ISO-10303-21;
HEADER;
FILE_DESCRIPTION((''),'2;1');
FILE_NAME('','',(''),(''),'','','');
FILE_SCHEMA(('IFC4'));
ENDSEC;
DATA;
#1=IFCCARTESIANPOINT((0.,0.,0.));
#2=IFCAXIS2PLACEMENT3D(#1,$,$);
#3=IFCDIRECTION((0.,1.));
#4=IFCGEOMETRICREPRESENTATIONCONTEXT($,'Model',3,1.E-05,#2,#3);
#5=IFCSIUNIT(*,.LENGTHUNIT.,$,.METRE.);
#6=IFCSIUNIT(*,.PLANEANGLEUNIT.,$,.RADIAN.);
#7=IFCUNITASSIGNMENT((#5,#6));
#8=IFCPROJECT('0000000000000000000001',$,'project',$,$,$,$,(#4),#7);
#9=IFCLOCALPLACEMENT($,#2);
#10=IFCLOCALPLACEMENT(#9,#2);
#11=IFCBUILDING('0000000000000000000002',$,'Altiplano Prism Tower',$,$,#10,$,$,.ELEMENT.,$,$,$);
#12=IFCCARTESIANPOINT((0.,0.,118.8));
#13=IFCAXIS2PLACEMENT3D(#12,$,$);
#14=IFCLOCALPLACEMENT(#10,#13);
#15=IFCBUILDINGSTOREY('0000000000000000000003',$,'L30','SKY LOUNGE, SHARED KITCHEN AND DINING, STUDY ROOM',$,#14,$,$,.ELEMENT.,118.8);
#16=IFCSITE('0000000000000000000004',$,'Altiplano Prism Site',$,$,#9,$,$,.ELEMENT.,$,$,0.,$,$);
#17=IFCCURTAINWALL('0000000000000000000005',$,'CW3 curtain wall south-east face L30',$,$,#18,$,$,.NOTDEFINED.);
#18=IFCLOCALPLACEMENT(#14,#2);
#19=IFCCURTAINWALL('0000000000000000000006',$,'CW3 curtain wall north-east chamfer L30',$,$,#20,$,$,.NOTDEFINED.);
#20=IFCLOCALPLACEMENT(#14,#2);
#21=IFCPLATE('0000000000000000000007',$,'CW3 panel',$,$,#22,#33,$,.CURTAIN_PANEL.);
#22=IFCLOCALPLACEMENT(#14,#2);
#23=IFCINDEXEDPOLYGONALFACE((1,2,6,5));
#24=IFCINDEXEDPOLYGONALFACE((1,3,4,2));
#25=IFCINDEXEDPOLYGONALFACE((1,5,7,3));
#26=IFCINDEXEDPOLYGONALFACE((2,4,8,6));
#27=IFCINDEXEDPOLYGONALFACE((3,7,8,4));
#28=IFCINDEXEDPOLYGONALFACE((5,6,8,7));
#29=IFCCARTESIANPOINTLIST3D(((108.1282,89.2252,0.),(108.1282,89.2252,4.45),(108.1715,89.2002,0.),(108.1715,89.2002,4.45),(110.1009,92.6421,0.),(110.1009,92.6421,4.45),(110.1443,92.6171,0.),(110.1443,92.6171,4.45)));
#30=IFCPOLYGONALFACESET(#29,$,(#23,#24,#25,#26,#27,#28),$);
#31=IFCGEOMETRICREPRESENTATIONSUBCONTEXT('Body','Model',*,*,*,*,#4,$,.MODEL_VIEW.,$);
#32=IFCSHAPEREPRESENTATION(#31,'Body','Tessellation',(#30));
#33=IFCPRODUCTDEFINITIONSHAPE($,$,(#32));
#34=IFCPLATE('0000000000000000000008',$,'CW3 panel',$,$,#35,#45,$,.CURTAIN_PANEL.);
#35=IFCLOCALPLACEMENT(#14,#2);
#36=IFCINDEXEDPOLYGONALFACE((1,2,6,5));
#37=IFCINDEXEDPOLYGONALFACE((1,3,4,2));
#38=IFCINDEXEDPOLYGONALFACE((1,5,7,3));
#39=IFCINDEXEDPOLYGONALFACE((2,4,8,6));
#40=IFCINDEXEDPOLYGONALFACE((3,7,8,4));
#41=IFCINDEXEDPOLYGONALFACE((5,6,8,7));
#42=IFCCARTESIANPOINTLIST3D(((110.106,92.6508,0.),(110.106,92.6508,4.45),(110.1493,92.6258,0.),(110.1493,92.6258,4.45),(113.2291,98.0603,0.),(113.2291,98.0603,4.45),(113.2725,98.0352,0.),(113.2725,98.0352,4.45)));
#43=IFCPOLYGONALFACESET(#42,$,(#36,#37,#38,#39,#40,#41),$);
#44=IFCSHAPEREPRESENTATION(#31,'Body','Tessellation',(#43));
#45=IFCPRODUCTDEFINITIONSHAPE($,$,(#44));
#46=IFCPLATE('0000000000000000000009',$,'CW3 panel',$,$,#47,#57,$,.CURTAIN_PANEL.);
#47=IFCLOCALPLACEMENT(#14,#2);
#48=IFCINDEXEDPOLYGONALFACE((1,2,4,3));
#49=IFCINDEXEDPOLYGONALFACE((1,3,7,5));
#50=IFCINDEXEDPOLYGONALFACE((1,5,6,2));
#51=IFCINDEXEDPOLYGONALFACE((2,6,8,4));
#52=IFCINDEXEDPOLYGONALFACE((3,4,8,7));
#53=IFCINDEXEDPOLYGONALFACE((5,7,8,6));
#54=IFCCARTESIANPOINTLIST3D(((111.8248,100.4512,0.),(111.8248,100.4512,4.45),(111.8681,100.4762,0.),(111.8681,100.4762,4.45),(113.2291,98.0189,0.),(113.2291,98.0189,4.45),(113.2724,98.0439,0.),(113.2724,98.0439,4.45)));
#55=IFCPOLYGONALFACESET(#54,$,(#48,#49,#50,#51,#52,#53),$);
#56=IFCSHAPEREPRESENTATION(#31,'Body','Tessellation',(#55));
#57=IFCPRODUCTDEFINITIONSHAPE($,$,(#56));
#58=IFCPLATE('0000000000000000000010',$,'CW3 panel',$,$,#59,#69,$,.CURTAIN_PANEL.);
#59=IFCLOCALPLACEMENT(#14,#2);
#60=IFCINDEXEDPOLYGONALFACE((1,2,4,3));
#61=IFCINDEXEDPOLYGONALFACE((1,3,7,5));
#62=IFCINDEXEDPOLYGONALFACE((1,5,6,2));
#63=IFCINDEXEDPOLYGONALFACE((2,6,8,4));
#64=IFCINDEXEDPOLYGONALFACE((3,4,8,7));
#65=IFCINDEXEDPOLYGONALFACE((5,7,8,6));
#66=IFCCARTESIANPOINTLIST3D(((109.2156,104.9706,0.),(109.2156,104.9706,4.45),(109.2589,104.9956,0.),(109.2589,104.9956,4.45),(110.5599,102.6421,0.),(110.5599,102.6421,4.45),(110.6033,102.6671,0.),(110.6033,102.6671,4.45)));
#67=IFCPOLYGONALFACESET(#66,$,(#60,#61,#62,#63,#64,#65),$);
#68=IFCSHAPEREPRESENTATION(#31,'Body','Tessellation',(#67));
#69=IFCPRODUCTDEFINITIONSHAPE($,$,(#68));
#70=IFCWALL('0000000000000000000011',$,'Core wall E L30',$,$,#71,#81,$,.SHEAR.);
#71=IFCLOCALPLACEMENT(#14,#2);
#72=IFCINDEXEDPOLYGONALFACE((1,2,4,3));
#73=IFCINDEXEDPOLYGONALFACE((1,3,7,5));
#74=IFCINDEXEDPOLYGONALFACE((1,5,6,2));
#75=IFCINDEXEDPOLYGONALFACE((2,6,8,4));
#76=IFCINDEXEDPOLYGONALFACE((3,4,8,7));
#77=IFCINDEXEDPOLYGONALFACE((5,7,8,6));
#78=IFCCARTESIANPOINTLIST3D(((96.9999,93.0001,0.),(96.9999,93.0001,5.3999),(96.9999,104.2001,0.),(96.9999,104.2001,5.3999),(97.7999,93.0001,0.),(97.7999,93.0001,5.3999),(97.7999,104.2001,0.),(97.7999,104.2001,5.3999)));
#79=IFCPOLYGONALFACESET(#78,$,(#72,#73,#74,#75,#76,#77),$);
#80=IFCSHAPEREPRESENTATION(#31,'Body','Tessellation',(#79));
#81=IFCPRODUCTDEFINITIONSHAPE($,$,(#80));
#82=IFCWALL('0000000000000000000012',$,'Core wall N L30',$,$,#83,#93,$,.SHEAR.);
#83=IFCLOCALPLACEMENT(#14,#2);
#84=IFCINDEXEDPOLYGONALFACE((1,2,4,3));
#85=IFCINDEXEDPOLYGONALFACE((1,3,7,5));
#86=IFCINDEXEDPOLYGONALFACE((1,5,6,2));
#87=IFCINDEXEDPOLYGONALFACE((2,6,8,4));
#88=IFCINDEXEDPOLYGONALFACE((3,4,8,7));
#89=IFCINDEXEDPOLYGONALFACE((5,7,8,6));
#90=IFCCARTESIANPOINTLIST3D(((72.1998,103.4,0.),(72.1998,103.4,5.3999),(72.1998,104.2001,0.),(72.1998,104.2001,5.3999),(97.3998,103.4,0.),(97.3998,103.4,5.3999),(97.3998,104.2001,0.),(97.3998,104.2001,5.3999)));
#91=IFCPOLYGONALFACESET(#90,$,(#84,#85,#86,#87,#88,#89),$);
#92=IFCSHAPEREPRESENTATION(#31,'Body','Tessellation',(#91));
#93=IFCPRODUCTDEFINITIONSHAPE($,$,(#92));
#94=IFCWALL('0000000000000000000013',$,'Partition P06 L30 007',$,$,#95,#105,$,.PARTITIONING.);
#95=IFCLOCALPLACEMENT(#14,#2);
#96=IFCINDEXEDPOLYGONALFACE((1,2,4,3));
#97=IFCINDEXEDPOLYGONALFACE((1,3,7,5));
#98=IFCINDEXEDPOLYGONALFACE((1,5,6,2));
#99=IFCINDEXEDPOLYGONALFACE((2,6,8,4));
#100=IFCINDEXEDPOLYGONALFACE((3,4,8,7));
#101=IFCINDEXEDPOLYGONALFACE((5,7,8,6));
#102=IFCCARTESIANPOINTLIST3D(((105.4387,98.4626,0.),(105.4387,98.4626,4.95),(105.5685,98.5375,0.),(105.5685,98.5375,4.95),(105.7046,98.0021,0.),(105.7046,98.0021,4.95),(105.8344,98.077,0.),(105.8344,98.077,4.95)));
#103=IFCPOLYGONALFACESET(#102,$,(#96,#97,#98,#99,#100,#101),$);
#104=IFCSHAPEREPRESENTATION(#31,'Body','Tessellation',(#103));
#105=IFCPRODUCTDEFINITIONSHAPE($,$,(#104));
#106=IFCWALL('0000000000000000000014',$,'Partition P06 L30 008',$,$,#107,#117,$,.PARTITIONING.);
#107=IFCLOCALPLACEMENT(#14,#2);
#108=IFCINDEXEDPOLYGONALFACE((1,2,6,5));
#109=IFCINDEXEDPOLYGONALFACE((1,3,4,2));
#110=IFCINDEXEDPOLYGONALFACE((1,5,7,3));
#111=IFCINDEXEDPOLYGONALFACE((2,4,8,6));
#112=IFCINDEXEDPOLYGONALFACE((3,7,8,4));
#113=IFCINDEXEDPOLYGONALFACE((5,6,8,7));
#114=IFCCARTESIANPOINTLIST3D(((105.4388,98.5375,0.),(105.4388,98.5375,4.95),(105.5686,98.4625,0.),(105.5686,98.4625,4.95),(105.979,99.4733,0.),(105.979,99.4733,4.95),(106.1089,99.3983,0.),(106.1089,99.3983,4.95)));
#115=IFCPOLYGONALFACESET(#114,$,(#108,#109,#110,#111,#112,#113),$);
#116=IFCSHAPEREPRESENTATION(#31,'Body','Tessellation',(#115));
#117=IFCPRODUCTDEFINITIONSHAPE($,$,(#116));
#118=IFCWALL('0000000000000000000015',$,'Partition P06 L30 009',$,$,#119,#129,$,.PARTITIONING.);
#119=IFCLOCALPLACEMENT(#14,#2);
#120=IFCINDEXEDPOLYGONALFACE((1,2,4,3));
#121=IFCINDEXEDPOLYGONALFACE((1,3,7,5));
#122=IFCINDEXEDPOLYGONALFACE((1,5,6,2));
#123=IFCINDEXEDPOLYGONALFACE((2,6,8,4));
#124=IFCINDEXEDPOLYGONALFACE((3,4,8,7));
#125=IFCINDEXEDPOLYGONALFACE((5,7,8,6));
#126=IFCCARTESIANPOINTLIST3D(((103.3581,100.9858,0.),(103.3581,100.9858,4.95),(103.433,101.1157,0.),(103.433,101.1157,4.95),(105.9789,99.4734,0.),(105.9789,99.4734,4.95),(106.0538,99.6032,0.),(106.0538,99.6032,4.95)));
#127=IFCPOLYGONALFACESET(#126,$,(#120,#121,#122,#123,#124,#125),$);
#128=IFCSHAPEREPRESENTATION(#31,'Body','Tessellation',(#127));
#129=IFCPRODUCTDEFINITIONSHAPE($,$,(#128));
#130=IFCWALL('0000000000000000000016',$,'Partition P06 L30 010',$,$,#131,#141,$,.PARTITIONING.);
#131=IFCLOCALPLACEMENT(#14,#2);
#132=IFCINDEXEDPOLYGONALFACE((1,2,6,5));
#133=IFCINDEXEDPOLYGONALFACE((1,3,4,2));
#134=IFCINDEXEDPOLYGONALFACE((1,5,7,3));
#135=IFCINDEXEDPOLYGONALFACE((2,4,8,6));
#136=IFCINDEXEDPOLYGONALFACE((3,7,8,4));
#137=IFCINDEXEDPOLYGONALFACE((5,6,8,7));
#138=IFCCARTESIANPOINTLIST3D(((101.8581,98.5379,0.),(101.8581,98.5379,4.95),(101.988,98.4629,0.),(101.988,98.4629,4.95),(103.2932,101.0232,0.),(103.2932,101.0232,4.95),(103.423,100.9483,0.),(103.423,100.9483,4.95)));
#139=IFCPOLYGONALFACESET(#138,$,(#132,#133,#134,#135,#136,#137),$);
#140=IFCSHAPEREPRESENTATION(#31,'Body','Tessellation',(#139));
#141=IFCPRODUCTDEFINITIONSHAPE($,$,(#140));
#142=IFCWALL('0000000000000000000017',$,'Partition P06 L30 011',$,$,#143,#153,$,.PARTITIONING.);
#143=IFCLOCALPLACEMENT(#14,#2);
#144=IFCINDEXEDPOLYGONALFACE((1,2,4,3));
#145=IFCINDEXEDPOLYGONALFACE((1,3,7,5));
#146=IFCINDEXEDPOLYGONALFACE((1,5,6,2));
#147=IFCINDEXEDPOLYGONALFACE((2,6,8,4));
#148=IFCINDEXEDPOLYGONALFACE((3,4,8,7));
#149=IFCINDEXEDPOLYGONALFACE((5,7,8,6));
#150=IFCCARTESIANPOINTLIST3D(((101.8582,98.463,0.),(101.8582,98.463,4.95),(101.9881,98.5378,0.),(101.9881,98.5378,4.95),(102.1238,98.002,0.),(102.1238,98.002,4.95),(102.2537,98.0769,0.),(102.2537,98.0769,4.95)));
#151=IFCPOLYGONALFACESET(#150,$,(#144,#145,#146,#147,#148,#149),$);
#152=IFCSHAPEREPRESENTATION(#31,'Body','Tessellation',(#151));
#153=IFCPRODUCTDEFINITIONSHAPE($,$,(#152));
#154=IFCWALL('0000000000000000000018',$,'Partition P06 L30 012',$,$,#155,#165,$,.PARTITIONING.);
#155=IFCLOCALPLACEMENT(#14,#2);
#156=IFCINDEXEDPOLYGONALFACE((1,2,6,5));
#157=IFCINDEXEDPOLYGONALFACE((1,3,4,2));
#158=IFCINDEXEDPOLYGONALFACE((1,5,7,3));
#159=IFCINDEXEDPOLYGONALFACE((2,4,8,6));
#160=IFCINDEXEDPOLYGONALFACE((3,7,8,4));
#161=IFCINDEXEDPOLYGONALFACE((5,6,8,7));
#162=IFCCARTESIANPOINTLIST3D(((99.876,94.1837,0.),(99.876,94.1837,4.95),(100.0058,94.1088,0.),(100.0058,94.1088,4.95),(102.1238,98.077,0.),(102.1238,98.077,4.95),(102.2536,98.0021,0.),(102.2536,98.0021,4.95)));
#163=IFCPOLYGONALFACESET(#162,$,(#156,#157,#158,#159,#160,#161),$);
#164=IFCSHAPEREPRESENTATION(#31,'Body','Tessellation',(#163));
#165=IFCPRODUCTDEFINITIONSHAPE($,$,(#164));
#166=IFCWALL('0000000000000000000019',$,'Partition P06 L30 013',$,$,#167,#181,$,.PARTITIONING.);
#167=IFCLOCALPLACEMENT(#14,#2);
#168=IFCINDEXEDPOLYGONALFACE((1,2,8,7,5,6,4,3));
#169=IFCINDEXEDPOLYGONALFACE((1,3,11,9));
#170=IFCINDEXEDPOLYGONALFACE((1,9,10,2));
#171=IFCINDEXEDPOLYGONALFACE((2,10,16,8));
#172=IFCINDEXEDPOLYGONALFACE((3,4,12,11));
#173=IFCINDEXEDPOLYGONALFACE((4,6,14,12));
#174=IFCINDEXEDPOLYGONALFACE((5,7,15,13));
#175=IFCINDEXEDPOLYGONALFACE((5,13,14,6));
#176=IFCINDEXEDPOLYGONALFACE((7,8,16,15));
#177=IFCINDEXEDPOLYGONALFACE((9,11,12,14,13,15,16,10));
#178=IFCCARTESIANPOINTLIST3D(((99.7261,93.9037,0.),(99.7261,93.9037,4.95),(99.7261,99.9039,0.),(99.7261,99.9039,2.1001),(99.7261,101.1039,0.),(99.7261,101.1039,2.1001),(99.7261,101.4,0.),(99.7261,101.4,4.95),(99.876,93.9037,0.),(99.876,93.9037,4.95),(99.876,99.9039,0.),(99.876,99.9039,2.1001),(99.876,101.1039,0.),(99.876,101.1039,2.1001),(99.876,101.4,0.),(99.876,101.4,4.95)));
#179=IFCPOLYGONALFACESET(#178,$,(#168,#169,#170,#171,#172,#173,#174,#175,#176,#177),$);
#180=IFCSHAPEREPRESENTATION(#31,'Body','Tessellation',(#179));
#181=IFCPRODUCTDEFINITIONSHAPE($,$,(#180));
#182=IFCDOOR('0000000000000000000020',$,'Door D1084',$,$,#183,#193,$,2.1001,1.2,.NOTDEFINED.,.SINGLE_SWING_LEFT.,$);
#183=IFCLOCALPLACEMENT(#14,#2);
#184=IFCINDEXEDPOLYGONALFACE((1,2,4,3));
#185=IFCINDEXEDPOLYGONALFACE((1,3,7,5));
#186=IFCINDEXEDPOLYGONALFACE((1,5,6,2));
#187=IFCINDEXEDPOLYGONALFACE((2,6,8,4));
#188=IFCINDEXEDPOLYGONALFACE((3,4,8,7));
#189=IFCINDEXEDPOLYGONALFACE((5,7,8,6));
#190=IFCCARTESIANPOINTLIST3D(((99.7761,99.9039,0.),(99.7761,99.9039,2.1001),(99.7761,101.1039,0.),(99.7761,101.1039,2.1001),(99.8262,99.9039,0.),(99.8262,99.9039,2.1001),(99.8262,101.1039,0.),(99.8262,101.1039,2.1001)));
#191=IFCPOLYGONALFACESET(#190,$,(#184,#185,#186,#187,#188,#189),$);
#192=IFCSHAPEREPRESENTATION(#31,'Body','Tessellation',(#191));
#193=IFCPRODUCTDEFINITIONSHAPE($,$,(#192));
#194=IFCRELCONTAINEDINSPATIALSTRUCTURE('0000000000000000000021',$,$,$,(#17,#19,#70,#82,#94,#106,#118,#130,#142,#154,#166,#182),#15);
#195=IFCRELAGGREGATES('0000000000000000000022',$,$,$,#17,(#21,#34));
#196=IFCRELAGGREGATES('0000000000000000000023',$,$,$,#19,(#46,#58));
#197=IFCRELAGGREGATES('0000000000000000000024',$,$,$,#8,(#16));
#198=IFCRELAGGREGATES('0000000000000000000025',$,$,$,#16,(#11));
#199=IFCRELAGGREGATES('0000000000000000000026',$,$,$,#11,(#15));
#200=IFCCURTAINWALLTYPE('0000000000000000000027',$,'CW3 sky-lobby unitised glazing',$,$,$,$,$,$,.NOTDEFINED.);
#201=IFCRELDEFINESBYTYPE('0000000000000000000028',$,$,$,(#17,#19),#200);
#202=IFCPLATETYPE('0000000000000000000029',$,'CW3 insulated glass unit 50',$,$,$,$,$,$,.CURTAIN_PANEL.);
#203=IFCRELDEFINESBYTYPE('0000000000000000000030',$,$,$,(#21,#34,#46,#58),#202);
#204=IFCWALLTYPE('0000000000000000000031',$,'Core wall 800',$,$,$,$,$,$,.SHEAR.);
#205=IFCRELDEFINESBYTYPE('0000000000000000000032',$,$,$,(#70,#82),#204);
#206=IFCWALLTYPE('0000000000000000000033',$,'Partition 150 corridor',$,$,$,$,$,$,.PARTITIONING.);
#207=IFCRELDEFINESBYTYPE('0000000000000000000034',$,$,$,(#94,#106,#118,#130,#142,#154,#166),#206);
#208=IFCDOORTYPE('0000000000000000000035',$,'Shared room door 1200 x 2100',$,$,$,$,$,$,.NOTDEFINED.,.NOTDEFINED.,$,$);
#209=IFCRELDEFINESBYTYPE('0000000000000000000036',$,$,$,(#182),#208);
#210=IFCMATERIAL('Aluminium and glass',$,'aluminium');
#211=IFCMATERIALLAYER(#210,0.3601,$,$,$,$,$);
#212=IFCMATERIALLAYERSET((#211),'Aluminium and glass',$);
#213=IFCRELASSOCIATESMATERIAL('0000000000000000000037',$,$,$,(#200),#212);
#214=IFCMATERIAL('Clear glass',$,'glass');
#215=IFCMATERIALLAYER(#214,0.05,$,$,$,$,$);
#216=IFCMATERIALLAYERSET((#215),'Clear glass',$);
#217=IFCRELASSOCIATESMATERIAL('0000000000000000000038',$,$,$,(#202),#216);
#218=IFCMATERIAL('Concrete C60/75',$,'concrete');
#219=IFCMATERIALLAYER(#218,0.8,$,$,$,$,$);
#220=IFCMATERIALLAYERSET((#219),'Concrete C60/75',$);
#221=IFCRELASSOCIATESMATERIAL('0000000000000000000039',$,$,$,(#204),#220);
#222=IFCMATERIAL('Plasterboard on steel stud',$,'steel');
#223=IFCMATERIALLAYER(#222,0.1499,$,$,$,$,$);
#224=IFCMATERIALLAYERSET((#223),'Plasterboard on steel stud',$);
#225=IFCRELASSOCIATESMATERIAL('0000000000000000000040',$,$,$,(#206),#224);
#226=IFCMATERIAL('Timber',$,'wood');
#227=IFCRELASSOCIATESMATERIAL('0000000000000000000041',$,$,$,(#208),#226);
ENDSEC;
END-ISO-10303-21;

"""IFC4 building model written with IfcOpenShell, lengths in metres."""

from ifc_helpers import new_model, si_unit, direction, frame, frame_2d, origin, origin_2d, place, context, subcontext, project, spatial, rectangle, extrude, material, layer, layer_set, type_object, element, fill, aggregate, save


model = new_model("IFC4")

# Units and contexts
model_context = context("Model", 3, precision=1e-05, world=origin(), true_north=direction((0.0, 1.0)))
body_context = subcontext(model_context, "Body", "Model", "MODEL_VIEW")
ifc_project = project(units=[si_unit("LENGTHUNIT", "METRE"), si_unit("PLANEANGLEUNIT", "RADIAN")], contexts=[model_context])

# Site, building, storey
site_placement = place(None, origin())
site = spatial("IfcSite", under=ifc_project, at=site_placement, Name="Altiplano Prism Site", CompositionType="ELEMENT", RefElevation=0.0)
building_placement = place(site_placement, origin())
building = spatial("IfcBuilding", under=site, at=building_placement, Name="Altiplano Prism Tower", CompositionType="ELEMENT")
storey_placement = place(building_placement, frame((0.0, 0.0, 118.8)))
storey = spatial("IfcBuildingStorey", under=building, at=storey_placement, Name="L30", Description="SKY LOUNGE, SHARED KITCHEN AND DINING, STUDY ROOM", CompositionType="ELEMENT", Elevation=118.8)

# Shared definitions
ifc_material_1 = material(Name="Concrete C60/75", Category="concrete")

# Curtain walls
ifc_material_2 = material(Name="Aluminium and glass", Category="aluminium")
ifc_layer_1 = layer(ifc_material_2, 0.3601)
ifc_layer_set_1 = layer_set([ifc_layer_1], Name="Aluminium and glass")
curtain_wall_type = type_object("IfcCurtainWallType", Name="CW3 sky-lobby unitised glazing", PredefinedType="NOTDEFINED", material=ifc_layer_set_1)
curtain_wall_1_placement = place(storey_placement, origin())
curtain_wall_1 = element("IfcCurtainWall", 1, at=curtain_wall_1_placement, inside=storey, type_object=curtain_wall_type, Name="CW3 curtain wall south-east face L30", PredefinedType="NOTDEFINED")
curtain_wall_2_placement = place(storey_placement, origin())
curtain_wall_2 = element("IfcCurtainWall", 2, at=curtain_wall_2_placement, inside=storey, type_object=curtain_wall_type, Name="CW3 curtain wall north-east chamfer L30", PredefinedType="NOTDEFINED")

# Plates
ifc_material_3 = material(Name="Clear glass", Category="glass")
ifc_layer_2 = layer(ifc_material_3, 0.05)
ifc_layer_set_2 = layer_set([ifc_layer_2], Name="Clear glass")
plate_type = type_object("IfcPlateType", Name="CW3 insulated glass unit 50", PredefinedType="CURTAIN_PANEL", material=ifc_layer_set_2)
plate_1_placement = place(storey_placement, frame((109.1362, 90.9211, 0.0), z_axis=(0.0, 0.0, 1.0), x_axis=(0.5, 0.866025, 0.0)))
plate_1 = element("IfcPlate", 3, at=plate_1_placement, type_object=plate_type, Name="CW3 panel", PredefinedType="CURTAIN_PANEL", context=body_context, shape_type="SweptSolid", body=[
    extrude(rectangle(XDim=3.9456, YDim=0.05, at=origin_2d()), origin(), (0.0, 0.0, 1.0), 4.45),
])
plate_2_placement = place(storey_placement, frame((111.6892, 95.343, 0.0), z_axis=(0.0, 0.0, 1.0), x_axis=(0.5, 0.866025, 0.0)))
plate_2 = element("IfcPlate", 4, at=plate_2_placement, type_object=plate_type, Name="CW3 panel", PredefinedType="CURTAIN_PANEL", context=body_context, shape_type="SweptSolid", body=[
    extrude(rectangle(XDim=6.2463, YDim=0.05, at=origin_2d()), origin(), (0.0, 0.0, 1.0), 4.45),
])
aggregate(curtain_wall_1, [plate_1, plate_2])
plate_3_placement = place(storey_placement, frame((112.5486, 99.2476, 0.0), z_axis=(0.0, 0.0, 1.0), x_axis=(-0.5, 0.866025, 0.0)))
plate_3 = element("IfcPlate", 5, at=plate_3_placement, type_object=plate_type, Name="CW3 panel", PredefinedType="CURTAIN_PANEL", context=body_context, shape_type="SweptSolid", body=[
    extrude(rectangle(XDim=2.8086, YDim=0.05, at=origin_2d()), origin(), (0.0, 0.0, 1.0), 4.45),
])
plate_4_placement = place(storey_placement, frame((109.9094, 103.8188, 0.0), z_axis=(0.0, 0.0, 1.0), x_axis=(-0.5, 0.866025, 0.0)))
plate_4 = element("IfcPlate", 6, at=plate_4_placement, type_object=plate_type, Name="CW3 panel", PredefinedType="CURTAIN_PANEL", context=body_context, shape_type="SweptSolid", body=[
    extrude(rectangle(XDim=2.6887, YDim=0.05, at=origin_2d()), origin(), (0.0, 0.0, 1.0), 4.45),
])
aggregate(curtain_wall_2, [plate_3, plate_4])

# Walls
ifc_layer_3 = layer(ifc_material_1, 0.8)
ifc_layer_set_3 = layer_set([ifc_layer_3], Name="Concrete C60/75")
wall_type_1 = type_object("IfcWallType", Name="Core wall 800", PredefinedType="SHEAR", material=ifc_layer_set_3)
wall_1_placement = place(storey_placement, frame((97.3999, 93.0, 0.0), z_axis=(0.0, 0.0, 1.0), x_axis=(0.0, 1.0, 0.0)))
element("IfcWall", 7, at=wall_1_placement, inside=storey, type_object=wall_type_1, Name="Core wall E L30", PredefinedType="SHEAR", context=body_context, shape_type="SweptSolid", body=[
    extrude(rectangle(XDim=11.2, YDim=0.8, at=frame_2d((5.6001, 0.0))), origin(), (0.0, 0.0, 1.0), 5.3999),
])
wall_2_placement = place(storey_placement, frame((97.3999, 103.8, 0.0), z_axis=(0.0, 0.0, 1.0), x_axis=(-1.0, 0.0, 0.0)))
element("IfcWall", 8, at=wall_2_placement, inside=storey, type_object=wall_type_1, Name="Core wall N L30", PredefinedType="SHEAR", context=body_context, shape_type="SweptSolid", body=[
    extrude(rectangle(XDim=25.2, YDim=0.8, at=frame_2d((12.6001, 0.0))), origin(), (0.0, 0.0, 1.0), 5.3999),
])
ifc_material_4 = material(Name="Plasterboard on steel stud", Category="steel")
ifc_layer_4 = layer(ifc_material_4, 0.1499)
ifc_layer_set_4 = layer_set([ifc_layer_4], Name="Plasterboard on steel stud")
wall_type_2 = type_object("IfcWallType", Name="Partition 150 corridor", PredefinedType="PARTITIONING", material=ifc_layer_set_4)
wall_3_placement = place(storey_placement, frame((105.7695, 98.0396, 0.0), z_axis=(0.0, 0.0, 1.0), x_axis=(-0.50004, 0.866002, 0.0)))
element("IfcWall", 9, at=wall_3_placement, inside=storey, type_object=wall_type_2, Name="Partition P06 L30 007", PredefinedType="PARTITIONING", context=body_context, shape_type="SweptSolid", body=[
    extrude(rectangle(XDim=0.5317, YDim=0.1499, at=frame_2d((0.2659, 0.0))), origin(), (0.0, 0.0, 1.0), 4.95),
])
wall_4_placement = place(storey_placement, frame((105.5037, 98.5, 0.0), z_axis=(0.0, 0.0, 1.0), x_axis=(0.500003, 0.866024, 0.0)))
element("IfcWall", 10, at=wall_4_placement, inside=storey, type_object=wall_type_2, Name="Partition P06 L30 008", PredefinedType="PARTITIONING", context=body_context, shape_type="SweptSolid", body=[
    extrude(rectangle(XDim=1.0806, YDim=0.1499, at=frame_2d((0.5403, 0.0))), origin(), (0.0, 0.0, 1.0), 4.95),
])
wall_5_placement = place(storey_placement, frame((106.0164, 99.5383, 0.0), z_axis=(0.0, 0.0, 1.0), x_axis=(-0.866125, 0.499827, 0.0)))
element("IfcWall", 11, at=wall_5_placement, inside=storey, type_object=wall_type_2, Name="Partition P06 L30 009", PredefinedType="PARTITIONING", context=body_context, shape_type="SweptSolid", body=[
    extrude(rectangle(XDim=3.0259, YDim=0.1499, at=frame_2d((1.5129, 0.0))), origin(), (0.0, 0.0, 1.0), 4.95),
])
wall_6_placement = place(storey_placement, frame((103.3582, 100.9858, 0.0), z_axis=(0.0, 0.0, 1.0), x_axis=(-0.500037, -0.866004, 0.0)))
element("IfcWall", 12, at=wall_6_placement, inside=storey, type_object=wall_type_2, Name="Partition P06 L30 010", PredefinedType="PARTITIONING", context=body_context, shape_type="SweptSolid", body=[
    extrude(rectangle(XDim=2.8699, YDim=0.1499, at=frame_2d((1.4351, 0.0))), origin(), (0.0, 0.0, 1.0), 4.95),
])
wall_7_placement = place(storey_placement, frame((101.9231, 98.5005, 0.0), z_axis=(0.0, 0.0, 1.0), x_axis=(0.499299, -0.86643, 0.0)))
element("IfcWall", 13, at=wall_7_placement, inside=storey, type_object=wall_type_2, Name="Partition P06 L30 011", PredefinedType="PARTITIONING", context=body_context, shape_type="SweptSolid", body=[
    extrude(rectangle(XDim=0.532, YDim=0.1499, at=frame_2d((0.2661, 0.0))), origin(), (0.0, 0.0, 1.0), 4.95),
])
wall_8_placement = place(storey_placement, frame((102.1887, 98.0396, 0.0), z_axis=(0.0, 0.0, 1.0), x_axis=(-0.5, -0.866026, 0.0)))
element("IfcWall", 14, at=wall_8_placement, inside=storey, type_object=wall_type_2, Name="Partition P06 L30 012", PredefinedType="PARTITIONING", context=body_context, shape_type="SweptSolid", body=[
    extrude(rectangle(XDim=4.4956, YDim=0.1499, at=frame_2d((2.2478, 0.0))), origin(), (0.0, 0.0, 1.0), 4.95),
])

# Wall, opening, door
wall_9_placement = place(storey_placement, frame((99.801, 93.9038, 0.0), z_axis=(0.0, 0.0, 1.0), x_axis=(0.0, 1.0, 0.0)))
wall_9 = element("IfcWall", 15, at=wall_9_placement, inside=storey, type_object=wall_type_2, Name="Partition P06 L30 013", PredefinedType="PARTITIONING", context=body_context, shape_type="SweptSolid", body=[
    extrude(rectangle(XDim=7.4963, YDim=0.1499, at=frame_2d((3.748, 0.0))), origin(), (0.0, 0.0, 1.0), 4.95),
])
opening_1_placement = place(wall_9_placement, frame((6.0, 0.0, 0.0)))
opening_1 = element("IfcOpeningElement", 16, at=opening_1_placement, cuts=wall_9, PredefinedType="OPENING", context=body_context, shape_type="SweptSolid", body=[
    extrude(rectangle(XDim=1.2, YDim=2.1001, at=frame_2d((0.6001, 1.05))), frame((0.0, 0.0854, 0.0), z_axis=(0.0, -1.0, 0.0), x_axis=(1.0, 0.0, 0.0)), (0.0, 0.0, 1.0), 0.1709),
])
ifc_material_5 = material(Name="Timber", Category="wood")
door_type_1 = type_object("IfcDoorType", Name="Shared room door 1200 x 2100", OperationType="NOTDEFINED", PredefinedType="NOTDEFINED", material=ifc_material_5)
door_1_placement = place(opening_1_placement, origin())
door_1 = element("IfcDoor", 17, at=door_1_placement, inside=storey, type_object=door_type_1, Name="Door D1084", OperationType="SINGLE_SWING_LEFT", OverallHeight=2.1001, OverallWidth=1.2, PredefinedType="NOTDEFINED", context=body_context, shape_type="SweptSolid", body=[
    extrude(rectangle(XDim=1.2, YDim=2.1001, at=frame_2d((0.6001, 1.05))), frame((0.0, 0.0249, 0.0), z_axis=(0.0, -1.0, 0.0), x_axis=(1.0, 0.0, 0.0)), (0.0, 0.0, 1.0), 0.05),
])
fill(opening_1, door_1)

save(model, "model.ifc")
